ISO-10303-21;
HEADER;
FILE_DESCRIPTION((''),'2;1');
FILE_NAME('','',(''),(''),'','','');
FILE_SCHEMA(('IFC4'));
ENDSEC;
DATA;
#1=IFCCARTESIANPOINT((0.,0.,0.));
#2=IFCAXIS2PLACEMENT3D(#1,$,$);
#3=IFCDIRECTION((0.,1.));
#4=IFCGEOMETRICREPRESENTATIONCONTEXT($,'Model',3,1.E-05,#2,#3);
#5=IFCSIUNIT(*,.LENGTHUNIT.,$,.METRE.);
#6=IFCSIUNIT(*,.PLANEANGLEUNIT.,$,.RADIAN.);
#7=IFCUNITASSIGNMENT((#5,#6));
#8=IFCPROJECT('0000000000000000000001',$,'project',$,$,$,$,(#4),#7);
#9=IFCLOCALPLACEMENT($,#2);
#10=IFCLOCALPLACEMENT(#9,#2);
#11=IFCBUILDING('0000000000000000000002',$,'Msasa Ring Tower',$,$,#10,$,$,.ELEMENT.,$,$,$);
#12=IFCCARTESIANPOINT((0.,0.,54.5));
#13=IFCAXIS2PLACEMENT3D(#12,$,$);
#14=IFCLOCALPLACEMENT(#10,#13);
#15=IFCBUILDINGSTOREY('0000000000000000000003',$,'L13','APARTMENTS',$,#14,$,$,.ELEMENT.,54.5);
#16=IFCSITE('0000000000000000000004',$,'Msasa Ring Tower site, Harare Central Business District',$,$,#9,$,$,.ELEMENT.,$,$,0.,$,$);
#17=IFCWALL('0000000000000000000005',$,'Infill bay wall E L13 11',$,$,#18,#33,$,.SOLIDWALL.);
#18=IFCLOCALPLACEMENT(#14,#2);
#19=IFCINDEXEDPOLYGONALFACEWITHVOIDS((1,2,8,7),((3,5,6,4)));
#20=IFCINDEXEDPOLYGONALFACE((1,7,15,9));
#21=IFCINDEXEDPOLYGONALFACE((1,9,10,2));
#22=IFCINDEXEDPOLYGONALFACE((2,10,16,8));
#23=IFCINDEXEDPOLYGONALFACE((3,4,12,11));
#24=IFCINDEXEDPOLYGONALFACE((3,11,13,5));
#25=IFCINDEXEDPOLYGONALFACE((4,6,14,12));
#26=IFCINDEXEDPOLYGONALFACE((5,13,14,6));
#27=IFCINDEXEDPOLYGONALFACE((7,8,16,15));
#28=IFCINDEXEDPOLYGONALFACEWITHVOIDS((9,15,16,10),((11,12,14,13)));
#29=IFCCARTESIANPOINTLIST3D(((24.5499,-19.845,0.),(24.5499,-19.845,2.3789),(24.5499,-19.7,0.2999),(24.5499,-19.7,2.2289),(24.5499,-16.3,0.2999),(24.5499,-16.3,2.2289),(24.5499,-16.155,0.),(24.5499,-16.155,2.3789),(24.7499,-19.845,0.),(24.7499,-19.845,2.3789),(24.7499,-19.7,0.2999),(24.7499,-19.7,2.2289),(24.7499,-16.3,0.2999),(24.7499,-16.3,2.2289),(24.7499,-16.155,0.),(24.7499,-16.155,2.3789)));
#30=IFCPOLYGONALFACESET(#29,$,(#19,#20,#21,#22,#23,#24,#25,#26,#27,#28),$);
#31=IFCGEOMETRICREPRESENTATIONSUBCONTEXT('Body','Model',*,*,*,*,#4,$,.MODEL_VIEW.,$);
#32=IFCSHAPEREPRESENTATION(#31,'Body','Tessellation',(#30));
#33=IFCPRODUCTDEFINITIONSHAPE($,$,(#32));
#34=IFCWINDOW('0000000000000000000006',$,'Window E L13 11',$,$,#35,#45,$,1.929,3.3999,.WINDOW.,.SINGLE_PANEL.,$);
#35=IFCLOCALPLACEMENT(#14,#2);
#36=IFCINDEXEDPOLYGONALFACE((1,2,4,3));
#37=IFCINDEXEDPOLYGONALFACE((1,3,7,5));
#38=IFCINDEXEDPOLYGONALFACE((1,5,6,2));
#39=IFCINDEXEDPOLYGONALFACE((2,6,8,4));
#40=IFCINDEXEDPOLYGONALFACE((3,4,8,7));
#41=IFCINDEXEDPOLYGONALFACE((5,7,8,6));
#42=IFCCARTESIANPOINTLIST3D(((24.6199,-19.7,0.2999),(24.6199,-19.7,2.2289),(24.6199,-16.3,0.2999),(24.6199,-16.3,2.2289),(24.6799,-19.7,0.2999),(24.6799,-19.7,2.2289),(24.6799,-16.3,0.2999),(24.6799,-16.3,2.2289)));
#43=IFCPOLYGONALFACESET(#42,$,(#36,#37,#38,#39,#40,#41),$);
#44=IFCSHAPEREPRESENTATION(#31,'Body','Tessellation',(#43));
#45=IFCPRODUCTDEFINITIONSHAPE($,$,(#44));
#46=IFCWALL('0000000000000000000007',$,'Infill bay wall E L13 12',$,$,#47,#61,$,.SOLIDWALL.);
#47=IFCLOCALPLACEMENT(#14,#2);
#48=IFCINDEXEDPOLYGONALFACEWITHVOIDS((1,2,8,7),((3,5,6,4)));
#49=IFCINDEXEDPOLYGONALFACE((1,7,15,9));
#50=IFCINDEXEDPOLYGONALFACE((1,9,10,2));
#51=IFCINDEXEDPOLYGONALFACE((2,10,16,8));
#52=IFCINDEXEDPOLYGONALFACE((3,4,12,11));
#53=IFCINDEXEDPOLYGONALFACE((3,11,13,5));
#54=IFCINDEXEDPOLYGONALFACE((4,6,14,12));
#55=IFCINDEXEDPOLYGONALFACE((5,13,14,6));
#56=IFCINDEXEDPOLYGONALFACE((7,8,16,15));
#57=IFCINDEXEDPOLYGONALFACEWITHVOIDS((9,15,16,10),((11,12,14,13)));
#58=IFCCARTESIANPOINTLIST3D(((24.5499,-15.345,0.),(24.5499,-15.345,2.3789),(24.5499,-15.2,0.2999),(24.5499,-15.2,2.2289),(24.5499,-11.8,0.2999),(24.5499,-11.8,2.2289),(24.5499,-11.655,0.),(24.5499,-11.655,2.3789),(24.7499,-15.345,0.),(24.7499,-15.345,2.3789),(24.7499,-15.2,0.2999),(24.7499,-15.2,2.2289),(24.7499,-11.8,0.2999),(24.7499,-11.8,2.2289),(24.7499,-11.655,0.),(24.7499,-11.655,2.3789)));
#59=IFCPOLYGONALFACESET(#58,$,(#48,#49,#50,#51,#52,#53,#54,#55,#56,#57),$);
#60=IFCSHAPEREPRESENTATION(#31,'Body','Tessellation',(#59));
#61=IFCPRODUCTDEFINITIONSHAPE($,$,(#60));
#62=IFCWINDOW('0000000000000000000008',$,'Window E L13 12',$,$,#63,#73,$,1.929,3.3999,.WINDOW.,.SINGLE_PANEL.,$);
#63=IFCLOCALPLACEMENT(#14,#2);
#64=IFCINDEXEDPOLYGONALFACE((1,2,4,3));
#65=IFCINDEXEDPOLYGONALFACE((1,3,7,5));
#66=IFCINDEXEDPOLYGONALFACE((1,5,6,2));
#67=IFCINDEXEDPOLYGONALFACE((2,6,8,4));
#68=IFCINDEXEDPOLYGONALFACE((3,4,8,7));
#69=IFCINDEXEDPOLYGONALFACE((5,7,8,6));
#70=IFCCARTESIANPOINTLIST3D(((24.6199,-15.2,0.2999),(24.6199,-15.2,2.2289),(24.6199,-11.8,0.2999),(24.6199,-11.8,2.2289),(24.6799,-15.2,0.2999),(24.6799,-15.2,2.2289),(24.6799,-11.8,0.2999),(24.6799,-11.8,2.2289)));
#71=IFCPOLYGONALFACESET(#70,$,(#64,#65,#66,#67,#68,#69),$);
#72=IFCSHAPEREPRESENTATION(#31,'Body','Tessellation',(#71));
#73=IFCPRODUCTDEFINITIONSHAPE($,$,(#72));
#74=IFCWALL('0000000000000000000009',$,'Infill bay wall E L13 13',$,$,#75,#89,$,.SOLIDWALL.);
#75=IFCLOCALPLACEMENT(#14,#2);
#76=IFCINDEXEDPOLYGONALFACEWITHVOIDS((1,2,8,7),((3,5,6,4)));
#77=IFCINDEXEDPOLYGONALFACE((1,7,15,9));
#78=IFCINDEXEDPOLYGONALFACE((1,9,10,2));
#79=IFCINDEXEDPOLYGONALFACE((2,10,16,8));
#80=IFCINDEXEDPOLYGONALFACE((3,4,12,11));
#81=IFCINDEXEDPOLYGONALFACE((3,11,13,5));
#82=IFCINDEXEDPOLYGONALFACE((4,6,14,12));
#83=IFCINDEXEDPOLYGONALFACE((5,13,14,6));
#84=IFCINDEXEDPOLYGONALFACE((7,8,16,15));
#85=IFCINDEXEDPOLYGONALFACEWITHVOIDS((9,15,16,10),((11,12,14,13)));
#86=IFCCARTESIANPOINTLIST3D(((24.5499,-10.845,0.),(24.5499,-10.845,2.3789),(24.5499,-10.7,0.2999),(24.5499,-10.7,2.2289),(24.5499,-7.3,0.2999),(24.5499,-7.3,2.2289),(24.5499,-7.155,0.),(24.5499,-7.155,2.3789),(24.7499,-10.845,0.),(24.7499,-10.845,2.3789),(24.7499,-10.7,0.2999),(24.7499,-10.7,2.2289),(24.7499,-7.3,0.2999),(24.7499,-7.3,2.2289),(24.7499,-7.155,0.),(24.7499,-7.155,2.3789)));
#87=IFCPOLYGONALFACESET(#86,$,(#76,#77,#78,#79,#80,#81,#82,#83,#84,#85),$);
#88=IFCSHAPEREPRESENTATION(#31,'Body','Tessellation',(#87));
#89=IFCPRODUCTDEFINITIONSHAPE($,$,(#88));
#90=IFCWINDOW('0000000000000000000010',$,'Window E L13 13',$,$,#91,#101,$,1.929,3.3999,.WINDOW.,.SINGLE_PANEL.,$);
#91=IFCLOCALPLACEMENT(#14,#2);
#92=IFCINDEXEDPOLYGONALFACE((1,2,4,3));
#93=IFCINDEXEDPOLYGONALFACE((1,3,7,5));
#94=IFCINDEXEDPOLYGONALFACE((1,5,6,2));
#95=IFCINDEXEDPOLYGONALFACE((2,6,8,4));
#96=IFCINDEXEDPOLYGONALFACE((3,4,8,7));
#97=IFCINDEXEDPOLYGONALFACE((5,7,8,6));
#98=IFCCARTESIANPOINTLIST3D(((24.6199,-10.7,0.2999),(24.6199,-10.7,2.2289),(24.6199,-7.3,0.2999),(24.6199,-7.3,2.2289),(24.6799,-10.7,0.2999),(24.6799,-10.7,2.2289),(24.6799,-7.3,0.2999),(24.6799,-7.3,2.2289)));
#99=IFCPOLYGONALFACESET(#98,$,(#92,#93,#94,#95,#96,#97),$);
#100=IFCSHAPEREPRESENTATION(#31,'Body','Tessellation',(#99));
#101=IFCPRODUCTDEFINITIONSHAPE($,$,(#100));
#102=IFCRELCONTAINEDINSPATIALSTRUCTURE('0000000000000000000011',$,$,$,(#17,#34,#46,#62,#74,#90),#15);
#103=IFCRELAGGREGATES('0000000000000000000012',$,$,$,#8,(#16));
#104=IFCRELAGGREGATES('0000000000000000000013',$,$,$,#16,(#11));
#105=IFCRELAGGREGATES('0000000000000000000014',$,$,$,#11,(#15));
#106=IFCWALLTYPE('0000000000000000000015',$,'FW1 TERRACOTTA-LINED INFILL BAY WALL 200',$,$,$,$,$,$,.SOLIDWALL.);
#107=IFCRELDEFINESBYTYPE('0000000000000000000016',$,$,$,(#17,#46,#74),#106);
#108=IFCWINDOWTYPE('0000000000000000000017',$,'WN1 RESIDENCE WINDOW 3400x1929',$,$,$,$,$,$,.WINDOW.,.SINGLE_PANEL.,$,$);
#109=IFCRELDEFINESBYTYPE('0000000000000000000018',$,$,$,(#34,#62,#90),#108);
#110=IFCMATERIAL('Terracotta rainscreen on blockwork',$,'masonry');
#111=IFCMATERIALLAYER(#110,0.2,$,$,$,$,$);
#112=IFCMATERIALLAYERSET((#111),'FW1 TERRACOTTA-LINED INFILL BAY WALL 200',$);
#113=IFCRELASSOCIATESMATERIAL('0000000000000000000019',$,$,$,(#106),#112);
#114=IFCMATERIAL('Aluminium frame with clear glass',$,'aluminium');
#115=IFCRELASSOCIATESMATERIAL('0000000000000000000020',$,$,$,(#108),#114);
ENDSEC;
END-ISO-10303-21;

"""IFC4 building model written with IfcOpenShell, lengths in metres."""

from ifc_helpers import new_model, si_unit, direction, frame, frame_2d, origin, place, context, subcontext, project, spatial, rectangle, extrude, material, layer, layer_set, type_object, element, fill, save


model = new_model("IFC4")

# Units and contexts
model_context = context("Model", 3, precision=1e-05, world=origin(), true_north=direction((0.0, 1.0)))
body_context = subcontext(model_context, "Body", "Model", "MODEL_VIEW")
ifc_project = project(units=[si_unit("LENGTHUNIT", "METRE"), si_unit("PLANEANGLEUNIT", "RADIAN")], contexts=[model_context])

# Site, building, storey
site_placement = place(None, origin())
site = spatial("IfcSite", under=ifc_project, at=site_placement, Name="Msasa Ring Tower site, Harare Central Business District", CompositionType="ELEMENT", RefElevation=0.0)
building_placement = place(site_placement, origin())
building = spatial("IfcBuilding", under=site, at=building_placement, Name="Msasa Ring Tower", CompositionType="ELEMENT")
storey_placement = place(building_placement, frame((0.0, 0.0, 54.5)))
storey = spatial("IfcBuildingStorey", under=building, at=storey_placement, Name="L13", Description="APARTMENTS", CompositionType="ELEMENT", Elevation=54.5)

# Walls, openings, windows
ifc_material_1 = material(Name="Terracotta rainscreen on blockwork", Category="masonry")
ifc_layer_1 = layer(ifc_material_1, 0.2)
ifc_layer_set_1 = layer_set([ifc_layer_1], Name="FW1 TERRACOTTA-LINED INFILL BAY WALL 200")
wall_type_1 = type_object("IfcWallType", Name="FW1 TERRACOTTA-LINED INFILL BAY WALL 200", PredefinedType="SOLIDWALL", material=ifc_layer_set_1)
wall_1_placement = place(storey_placement, frame((24.6499, -19.845, 0.0), z_axis=(0.0, 0.0, 1.0), x_axis=(0.0, 1.0, 0.0)))
wall_1 = element("IfcWall", 1, at=wall_1_placement, inside=storey, type_object=wall_type_1, Name="Infill bay wall E L13 11", PredefinedType="SOLIDWALL", context=body_context, shape_type="SweptSolid", body=[
    extrude(rectangle(XDim=3.6899, YDim=0.2, at=frame_2d((1.845, 0.0))), origin(), (0.0, 0.0, 1.0), 2.3789),
])
opening_1_placement = place(wall_1_placement, frame((0.145, 0.0, 0.3)))
opening_1 = element("IfcOpeningElement", 2, at=opening_1_placement, cuts=wall_1, PredefinedType="OPENING", context=body_context, shape_type="SweptSolid", body=[
    extrude(rectangle(XDim=3.3999, YDim=1.929, at=frame_2d((1.7, 0.9644))), frame((0.0, 0.1099, 0.0), z_axis=(0.0, -1.0, 0.0), x_axis=(1.0, 0.0, 0.0)), (0.0, 0.0, 1.0), 0.22),
])
ifc_material_2 = material(Name="Aluminium frame with clear glass", Category="aluminium")
window_type = type_object("IfcWindowType", Name="WN1 RESIDENCE WINDOW 3400x1929", PartitioningType="SINGLE_PANEL", PredefinedType="WINDOW", material=ifc_material_2)
window_1_placement = place(opening_1_placement, origin())
window_1 = element("IfcWindow", 3, at=window_1_placement, inside=storey, type_object=window_type, Name="Window E L13 11", OverallHeight=1.929, OverallWidth=3.3999, PartitioningType="SINGLE_PANEL", PredefinedType="WINDOW", context=body_context, shape_type="SweptSolid", body=[
    extrude(rectangle(XDim=3.3999, YDim=1.929, at=frame_2d((1.7, 0.9644))), frame((0.0, 0.03, 0.0), z_axis=(0.0, -1.0, 0.0), x_axis=(1.0, 0.0, 0.0)), (0.0, 0.0, 1.0), 0.0601),
])
fill(opening_1, window_1)
wall_2_placement = place(storey_placement, frame((24.6499, -15.345, 0.0), z_axis=(0.0, 0.0, 1.0), x_axis=(0.0, 1.0, 0.0)))
wall_2 = element("IfcWall", 4, at=wall_2_placement, inside=storey, type_object=wall_type_1, Name="Infill bay wall E L13 12", PredefinedType="SOLIDWALL", context=body_context, shape_type="SweptSolid", body=[
    extrude(rectangle(XDim=3.6899, YDim=0.2, at=frame_2d((1.845, 0.0))), origin(), (0.0, 0.0, 1.0), 2.3789),
])
opening_2_placement = place(wall_2_placement, frame((0.145, 0.0, 0.3)))
opening_2 = element("IfcOpeningElement", 5, at=opening_2_placement, cuts=wall_2, PredefinedType="OPENING", context=body_context, shape_type="SweptSolid", body=[
    extrude(rectangle(XDim=3.3999, YDim=1.929, at=frame_2d((1.7, 0.9644))), frame((0.0, 0.1099, 0.0), z_axis=(0.0, -1.0, 0.0), x_axis=(1.0, 0.0, 0.0)), (0.0, 0.0, 1.0), 0.22),
])
window_2_placement = place(opening_2_placement, origin())
window_2 = element("IfcWindow", 6, at=window_2_placement, inside=storey, type_object=window_type, Name="Window E L13 12", OverallHeight=1.929, OverallWidth=3.3999, PartitioningType="SINGLE_PANEL", PredefinedType="WINDOW", context=body_context, shape_type="SweptSolid", body=[
    extrude(rectangle(XDim=3.3999, YDim=1.929, at=frame_2d((1.7, 0.9644))), frame((0.0, 0.03, 0.0), z_axis=(0.0, -1.0, 0.0), x_axis=(1.0, 0.0, 0.0)), (0.0, 0.0, 1.0), 0.0601),
])
fill(opening_2, window_2)
wall_3_placement = place(storey_placement, frame((24.6499, -10.845, 0.0), z_axis=(0.0, 0.0, 1.0), x_axis=(0.0, 1.0, 0.0)))
wall_3 = element("IfcWall", 7, at=wall_3_placement, inside=storey, type_object=wall_type_1, Name="Infill bay wall E L13 13", PredefinedType="SOLIDWALL", context=body_context, shape_type="SweptSolid", body=[
    extrude(rectangle(XDim=3.6899, YDim=0.2, at=frame_2d((1.845, 0.0))), origin(), (0.0, 0.0, 1.0), 2.3789),
])
opening_3_placement = place(wall_3_placement, frame((0.145, 0.0, 0.3)))
opening_3 = element("IfcOpeningElement", 8, at=opening_3_placement, cuts=wall_3, PredefinedType="OPENING", context=body_context, shape_type="SweptSolid", body=[
    extrude(rectangle(XDim=3.3999, YDim=1.929, at=frame_2d((1.7, 0.9644))), frame((0.0, 0.1099, 0.0), z_axis=(0.0, -1.0, 0.0), x_axis=(1.0, 0.0, 0.0)), (0.0, 0.0, 1.0), 0.22),
])
window_3_placement = place(opening_3_placement, origin())
window_3 = element("IfcWindow", 9, at=window_3_placement, inside=storey, type_object=window_type, Name="Window E L13 13", OverallHeight=1.929, OverallWidth=3.3999, PartitioningType="SINGLE_PANEL", PredefinedType="WINDOW", context=body_context, shape_type="SweptSolid", body=[
    extrude(rectangle(XDim=3.3999, YDim=1.929, at=frame_2d((1.7, 0.9644))), frame((0.0, 0.03, 0.0), z_axis=(0.0, -1.0, 0.0), x_axis=(1.0, 0.0, 0.0)), (0.0, 0.0, 1.0), 0.0601),
])
fill(opening_3, window_3)

save(model, "model.ifc")
